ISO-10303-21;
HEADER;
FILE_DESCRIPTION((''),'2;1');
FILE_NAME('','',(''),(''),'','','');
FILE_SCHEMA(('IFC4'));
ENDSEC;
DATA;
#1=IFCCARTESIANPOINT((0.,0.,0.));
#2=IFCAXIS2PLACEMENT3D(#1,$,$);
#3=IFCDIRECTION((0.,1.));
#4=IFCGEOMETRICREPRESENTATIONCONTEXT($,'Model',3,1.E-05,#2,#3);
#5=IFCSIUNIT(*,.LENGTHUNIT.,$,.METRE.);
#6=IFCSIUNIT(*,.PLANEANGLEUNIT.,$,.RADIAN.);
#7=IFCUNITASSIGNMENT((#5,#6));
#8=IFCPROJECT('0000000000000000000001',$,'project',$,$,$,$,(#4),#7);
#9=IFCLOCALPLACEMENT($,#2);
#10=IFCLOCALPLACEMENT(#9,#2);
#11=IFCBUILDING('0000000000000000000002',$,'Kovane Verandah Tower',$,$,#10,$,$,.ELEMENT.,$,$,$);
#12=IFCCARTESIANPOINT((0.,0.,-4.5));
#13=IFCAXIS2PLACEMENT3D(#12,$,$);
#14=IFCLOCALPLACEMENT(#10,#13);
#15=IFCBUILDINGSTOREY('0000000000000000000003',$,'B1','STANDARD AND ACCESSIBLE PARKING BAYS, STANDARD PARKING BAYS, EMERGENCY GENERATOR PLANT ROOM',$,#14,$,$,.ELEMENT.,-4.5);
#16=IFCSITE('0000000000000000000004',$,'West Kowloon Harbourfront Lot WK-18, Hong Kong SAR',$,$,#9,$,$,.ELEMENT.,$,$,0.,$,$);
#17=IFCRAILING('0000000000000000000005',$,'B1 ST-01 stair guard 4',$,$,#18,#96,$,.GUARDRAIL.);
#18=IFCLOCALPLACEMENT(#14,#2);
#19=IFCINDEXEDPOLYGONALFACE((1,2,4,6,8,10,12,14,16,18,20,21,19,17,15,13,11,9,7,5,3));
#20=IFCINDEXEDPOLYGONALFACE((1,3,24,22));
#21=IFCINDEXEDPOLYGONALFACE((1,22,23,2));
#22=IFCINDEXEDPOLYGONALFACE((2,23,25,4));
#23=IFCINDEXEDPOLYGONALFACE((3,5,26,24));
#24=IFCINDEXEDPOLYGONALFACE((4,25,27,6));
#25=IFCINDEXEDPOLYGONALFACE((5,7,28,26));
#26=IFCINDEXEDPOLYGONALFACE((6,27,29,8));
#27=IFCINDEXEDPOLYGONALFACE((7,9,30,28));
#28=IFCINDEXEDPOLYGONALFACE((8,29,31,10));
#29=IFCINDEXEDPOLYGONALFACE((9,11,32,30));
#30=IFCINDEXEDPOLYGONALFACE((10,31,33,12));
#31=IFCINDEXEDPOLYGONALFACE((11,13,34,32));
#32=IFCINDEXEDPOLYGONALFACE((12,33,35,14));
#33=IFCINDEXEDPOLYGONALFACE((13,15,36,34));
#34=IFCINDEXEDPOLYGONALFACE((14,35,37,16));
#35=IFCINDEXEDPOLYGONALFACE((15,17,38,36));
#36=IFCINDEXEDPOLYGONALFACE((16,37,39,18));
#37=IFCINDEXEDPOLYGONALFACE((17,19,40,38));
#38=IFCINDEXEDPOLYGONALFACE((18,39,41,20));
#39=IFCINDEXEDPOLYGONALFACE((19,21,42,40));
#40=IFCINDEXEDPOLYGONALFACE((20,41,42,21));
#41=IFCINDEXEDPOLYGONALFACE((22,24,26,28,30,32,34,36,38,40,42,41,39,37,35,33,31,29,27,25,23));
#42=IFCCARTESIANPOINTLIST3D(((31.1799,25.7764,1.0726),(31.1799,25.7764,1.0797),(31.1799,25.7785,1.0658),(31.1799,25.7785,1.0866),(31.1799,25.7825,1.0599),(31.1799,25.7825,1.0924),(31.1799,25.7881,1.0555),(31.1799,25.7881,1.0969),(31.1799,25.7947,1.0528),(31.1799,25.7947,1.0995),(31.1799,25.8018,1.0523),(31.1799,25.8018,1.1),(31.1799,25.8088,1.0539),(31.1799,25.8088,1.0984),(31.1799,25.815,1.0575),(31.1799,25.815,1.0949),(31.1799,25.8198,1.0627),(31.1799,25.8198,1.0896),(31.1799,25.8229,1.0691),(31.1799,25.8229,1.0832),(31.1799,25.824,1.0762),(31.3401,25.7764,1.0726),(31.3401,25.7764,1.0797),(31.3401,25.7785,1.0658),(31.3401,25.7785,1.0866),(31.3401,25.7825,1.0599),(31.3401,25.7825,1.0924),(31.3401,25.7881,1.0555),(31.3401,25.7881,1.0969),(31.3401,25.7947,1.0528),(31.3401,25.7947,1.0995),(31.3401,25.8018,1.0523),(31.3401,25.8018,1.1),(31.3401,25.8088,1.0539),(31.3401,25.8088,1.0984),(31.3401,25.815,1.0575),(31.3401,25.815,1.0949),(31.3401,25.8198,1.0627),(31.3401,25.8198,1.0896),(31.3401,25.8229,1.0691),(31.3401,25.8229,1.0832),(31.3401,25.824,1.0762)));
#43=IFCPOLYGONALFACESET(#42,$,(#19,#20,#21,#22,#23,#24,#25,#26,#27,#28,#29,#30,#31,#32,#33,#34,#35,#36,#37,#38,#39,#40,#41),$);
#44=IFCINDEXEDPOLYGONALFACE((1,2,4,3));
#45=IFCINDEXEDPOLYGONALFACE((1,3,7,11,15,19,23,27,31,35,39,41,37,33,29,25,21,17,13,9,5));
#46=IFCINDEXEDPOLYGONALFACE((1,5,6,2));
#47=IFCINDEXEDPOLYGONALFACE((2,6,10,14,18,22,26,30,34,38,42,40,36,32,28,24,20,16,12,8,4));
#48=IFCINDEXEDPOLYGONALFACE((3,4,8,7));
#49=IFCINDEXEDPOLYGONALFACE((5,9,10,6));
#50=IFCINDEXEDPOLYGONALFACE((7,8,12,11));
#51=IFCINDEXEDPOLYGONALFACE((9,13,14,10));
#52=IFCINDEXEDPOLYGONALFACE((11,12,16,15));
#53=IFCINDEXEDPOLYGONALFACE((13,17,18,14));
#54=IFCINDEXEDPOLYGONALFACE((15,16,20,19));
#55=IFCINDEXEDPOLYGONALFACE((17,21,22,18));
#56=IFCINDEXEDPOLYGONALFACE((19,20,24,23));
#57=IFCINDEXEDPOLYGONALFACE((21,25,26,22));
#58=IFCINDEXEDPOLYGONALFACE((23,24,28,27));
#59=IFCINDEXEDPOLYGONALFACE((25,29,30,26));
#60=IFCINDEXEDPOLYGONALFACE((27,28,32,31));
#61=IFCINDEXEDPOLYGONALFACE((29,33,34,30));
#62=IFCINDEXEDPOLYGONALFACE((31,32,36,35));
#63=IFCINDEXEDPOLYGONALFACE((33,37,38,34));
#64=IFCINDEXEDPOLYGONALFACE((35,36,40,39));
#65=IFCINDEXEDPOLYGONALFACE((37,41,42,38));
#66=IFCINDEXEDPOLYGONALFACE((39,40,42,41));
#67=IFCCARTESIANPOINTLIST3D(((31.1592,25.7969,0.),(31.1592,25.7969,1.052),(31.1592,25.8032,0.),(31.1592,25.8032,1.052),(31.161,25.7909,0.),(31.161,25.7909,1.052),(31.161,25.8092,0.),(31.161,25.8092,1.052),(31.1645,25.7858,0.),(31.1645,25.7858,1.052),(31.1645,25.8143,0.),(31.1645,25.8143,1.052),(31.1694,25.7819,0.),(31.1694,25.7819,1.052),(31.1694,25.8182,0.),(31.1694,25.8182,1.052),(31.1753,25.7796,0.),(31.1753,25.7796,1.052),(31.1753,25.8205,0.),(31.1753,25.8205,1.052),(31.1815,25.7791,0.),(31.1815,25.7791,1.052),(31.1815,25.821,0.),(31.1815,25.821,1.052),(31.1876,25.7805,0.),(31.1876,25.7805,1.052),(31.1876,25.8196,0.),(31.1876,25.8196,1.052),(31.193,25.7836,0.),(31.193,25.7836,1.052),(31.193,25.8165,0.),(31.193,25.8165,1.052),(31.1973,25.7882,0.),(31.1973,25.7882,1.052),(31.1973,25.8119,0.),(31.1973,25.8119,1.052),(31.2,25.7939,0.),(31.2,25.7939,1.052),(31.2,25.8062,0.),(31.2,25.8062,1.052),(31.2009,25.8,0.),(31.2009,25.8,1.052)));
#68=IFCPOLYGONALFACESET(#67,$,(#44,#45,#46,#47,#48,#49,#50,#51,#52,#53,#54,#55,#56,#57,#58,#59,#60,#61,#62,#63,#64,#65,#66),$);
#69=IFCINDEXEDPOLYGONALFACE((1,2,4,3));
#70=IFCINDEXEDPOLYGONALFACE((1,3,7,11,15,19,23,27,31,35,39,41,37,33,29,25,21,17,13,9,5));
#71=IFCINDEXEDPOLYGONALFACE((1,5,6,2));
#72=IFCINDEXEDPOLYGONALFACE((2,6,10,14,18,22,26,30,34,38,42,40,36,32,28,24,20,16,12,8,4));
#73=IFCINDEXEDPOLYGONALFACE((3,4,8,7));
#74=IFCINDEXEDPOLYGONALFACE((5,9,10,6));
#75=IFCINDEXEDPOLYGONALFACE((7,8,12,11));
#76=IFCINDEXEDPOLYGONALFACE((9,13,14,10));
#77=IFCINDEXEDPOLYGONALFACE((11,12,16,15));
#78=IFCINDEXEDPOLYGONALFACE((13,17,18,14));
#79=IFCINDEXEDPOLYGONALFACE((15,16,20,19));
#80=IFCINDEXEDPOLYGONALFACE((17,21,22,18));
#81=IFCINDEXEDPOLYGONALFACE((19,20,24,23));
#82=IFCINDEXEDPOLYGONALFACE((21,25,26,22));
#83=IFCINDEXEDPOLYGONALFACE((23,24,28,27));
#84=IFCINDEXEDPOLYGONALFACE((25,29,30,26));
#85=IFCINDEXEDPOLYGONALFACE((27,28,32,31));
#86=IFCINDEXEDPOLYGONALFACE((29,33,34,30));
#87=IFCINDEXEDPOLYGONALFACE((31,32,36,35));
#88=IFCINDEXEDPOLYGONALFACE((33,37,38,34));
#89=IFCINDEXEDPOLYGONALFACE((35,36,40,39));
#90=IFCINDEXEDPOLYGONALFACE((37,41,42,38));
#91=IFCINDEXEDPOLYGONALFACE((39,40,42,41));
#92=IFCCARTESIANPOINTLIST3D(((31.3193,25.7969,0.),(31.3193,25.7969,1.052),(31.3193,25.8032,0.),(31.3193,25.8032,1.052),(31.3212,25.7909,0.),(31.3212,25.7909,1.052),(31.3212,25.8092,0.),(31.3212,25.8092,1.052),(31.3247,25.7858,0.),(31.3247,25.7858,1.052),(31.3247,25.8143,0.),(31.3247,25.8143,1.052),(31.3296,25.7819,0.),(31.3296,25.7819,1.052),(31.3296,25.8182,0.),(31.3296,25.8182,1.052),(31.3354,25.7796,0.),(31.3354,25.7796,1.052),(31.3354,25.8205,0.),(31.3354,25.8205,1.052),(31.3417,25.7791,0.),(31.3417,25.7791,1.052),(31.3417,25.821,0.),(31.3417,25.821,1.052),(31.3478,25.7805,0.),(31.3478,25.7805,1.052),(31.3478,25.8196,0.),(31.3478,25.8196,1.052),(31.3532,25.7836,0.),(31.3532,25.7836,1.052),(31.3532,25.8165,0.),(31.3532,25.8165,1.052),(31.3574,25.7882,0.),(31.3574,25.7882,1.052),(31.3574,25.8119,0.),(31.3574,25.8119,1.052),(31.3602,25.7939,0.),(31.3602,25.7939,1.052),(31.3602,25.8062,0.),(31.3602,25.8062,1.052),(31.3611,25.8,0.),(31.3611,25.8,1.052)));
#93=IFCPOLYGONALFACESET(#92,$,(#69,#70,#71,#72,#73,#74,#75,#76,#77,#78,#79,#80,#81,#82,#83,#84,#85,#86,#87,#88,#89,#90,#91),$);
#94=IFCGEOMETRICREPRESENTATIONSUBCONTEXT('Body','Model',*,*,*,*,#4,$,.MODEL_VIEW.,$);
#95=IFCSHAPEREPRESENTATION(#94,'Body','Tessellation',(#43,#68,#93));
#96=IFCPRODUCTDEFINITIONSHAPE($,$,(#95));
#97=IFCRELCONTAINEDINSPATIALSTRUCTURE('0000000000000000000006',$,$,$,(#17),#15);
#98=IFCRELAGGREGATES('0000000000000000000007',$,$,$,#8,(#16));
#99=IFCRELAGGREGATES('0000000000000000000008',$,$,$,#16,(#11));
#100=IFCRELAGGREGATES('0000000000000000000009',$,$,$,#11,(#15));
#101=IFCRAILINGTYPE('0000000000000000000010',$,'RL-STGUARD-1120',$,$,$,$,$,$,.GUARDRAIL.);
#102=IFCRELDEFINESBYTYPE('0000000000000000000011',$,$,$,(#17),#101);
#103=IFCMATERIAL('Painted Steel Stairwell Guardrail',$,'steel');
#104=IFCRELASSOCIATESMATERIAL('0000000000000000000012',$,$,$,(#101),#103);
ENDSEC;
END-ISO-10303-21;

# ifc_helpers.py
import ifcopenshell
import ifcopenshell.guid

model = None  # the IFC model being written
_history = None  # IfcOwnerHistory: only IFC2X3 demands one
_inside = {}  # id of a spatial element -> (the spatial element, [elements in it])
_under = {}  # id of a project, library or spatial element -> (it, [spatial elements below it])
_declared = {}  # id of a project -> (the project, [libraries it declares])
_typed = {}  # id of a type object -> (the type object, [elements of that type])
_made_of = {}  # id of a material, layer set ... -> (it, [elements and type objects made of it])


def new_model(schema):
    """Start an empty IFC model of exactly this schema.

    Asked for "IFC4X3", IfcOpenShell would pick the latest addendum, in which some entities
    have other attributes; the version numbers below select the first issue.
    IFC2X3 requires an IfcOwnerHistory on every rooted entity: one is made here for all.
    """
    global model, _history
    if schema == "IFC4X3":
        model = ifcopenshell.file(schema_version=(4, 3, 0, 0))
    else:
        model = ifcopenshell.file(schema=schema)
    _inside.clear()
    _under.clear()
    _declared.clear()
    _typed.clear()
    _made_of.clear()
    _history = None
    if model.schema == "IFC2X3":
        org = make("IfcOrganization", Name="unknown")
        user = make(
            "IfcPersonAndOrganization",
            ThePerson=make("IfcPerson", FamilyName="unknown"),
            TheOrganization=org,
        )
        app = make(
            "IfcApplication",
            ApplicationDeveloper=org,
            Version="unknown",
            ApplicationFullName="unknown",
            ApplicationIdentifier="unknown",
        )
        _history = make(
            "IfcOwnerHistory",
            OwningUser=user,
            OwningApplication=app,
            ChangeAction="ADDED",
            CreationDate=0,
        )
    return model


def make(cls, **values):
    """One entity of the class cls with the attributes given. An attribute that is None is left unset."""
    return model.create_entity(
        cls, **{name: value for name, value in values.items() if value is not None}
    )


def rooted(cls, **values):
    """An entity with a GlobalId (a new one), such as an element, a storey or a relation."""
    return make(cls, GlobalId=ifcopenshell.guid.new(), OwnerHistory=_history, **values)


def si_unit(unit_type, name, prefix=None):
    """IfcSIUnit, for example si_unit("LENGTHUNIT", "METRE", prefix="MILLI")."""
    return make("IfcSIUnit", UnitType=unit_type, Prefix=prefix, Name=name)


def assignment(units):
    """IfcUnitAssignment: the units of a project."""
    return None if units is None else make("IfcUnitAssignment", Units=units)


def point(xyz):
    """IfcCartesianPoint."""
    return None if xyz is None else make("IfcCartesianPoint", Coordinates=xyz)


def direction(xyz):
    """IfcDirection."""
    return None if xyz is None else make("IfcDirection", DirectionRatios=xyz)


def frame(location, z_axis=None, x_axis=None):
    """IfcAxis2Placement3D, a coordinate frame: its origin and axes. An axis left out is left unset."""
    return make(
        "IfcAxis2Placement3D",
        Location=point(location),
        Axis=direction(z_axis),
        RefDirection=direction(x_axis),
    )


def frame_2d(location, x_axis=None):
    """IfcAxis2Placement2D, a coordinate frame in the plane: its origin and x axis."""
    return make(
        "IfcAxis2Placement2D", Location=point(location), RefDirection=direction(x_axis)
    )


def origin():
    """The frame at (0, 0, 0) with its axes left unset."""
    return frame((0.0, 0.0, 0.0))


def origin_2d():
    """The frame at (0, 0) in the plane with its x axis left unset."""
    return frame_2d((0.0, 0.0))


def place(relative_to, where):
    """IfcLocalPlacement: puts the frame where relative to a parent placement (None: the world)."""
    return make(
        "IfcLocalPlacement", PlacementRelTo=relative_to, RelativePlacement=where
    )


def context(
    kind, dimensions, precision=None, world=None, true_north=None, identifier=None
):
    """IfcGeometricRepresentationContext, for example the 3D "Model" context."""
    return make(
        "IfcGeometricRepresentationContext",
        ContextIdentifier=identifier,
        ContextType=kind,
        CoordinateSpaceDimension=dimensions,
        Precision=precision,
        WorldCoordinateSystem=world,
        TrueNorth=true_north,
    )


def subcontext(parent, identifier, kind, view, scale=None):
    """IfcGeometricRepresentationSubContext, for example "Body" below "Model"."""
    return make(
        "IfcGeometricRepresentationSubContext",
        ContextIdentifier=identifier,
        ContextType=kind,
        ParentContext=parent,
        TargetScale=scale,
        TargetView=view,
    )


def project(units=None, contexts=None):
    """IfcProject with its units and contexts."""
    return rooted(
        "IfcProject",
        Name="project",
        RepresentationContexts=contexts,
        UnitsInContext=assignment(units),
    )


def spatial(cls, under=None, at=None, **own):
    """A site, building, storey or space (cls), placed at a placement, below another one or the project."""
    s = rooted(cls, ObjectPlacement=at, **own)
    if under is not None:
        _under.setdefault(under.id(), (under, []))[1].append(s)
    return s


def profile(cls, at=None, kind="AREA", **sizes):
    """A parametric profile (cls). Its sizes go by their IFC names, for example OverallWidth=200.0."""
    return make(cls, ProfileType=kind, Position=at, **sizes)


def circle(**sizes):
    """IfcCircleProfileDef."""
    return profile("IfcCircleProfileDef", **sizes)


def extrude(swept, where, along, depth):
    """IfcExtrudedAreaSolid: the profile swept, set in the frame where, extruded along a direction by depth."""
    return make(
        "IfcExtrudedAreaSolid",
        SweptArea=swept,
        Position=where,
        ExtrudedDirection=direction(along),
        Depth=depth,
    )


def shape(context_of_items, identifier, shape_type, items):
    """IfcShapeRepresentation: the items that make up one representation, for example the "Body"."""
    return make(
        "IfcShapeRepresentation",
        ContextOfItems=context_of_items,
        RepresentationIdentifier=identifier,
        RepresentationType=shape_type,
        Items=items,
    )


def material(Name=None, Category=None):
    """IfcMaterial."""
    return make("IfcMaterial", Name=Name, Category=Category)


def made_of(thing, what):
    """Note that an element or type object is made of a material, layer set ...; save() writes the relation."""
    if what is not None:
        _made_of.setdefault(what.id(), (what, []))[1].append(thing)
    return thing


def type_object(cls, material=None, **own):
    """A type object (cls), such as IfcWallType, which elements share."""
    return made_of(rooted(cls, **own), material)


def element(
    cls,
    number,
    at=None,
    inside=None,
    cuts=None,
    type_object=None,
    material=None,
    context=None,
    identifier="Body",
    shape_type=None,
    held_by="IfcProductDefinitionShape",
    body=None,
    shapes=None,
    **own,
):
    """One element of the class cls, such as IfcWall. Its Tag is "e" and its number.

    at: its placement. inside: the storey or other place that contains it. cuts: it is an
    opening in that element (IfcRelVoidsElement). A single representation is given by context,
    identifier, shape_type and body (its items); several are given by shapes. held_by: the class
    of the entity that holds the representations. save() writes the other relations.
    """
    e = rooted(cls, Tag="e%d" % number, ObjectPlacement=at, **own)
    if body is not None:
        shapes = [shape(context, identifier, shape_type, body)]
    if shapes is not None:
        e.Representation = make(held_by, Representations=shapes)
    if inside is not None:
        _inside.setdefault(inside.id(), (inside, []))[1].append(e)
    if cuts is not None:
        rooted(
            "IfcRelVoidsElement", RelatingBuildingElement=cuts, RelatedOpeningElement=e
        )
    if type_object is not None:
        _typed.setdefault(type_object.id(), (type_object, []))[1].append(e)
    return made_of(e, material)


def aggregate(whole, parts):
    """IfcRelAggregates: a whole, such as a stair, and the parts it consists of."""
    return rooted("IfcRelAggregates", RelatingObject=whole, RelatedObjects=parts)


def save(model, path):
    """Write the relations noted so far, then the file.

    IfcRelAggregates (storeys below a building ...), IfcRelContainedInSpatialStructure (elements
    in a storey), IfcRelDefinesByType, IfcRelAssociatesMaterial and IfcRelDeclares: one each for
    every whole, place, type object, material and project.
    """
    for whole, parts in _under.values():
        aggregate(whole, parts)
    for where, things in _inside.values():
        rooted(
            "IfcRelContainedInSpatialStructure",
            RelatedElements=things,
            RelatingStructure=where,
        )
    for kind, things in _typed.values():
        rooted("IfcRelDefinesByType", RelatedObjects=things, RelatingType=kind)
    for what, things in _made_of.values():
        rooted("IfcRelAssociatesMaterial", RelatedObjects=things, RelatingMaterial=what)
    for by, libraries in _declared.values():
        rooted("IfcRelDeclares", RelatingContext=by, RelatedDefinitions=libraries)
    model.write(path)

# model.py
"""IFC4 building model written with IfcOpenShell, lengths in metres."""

from ifc_helpers import new_model, si_unit, direction, frame, origin, origin_2d, place, context, subcontext, project, spatial, circle, extrude, material, type_object, element, save


model = new_model("IFC4")

# Units and contexts
model_context = context("Model", 3, precision=1e-05, world=origin(), true_north=direction((0.0, 1.0)))
body_context = subcontext(model_context, "Body", "Model", "MODEL_VIEW")
ifc_project = project(units=[si_unit("LENGTHUNIT", "METRE"), si_unit("PLANEANGLEUNIT", "RADIAN")], contexts=[model_context])

# Site, building, storey
site_placement = place(None, origin())
site = spatial("IfcSite", under=ifc_project, at=site_placement, Name="West Kowloon Harbourfront Lot WK-18, Hong Kong SAR", CompositionType="ELEMENT", RefElevation=0.0)
building_placement = place(site_placement, origin())
building = spatial("IfcBuilding", under=site, at=building_placement, Name="Kovane Verandah Tower", CompositionType="ELEMENT")
storey_placement = place(building_placement, frame((0.0, 0.0, -4.5)))
storey = spatial("IfcBuildingStorey", under=building, at=storey_placement, Name="B1", Description="STANDARD AND ACCESSIBLE PARKING BAYS, STANDARD PARKING BAYS, EMERGENCY GENERATOR PLANT ROOM", CompositionType="ELEMENT", Elevation=-4.5)

# Railing
ifc_material_1 = material(Name="Painted Steel Stairwell Guardrail", Category="steel")
railing_type_1 = type_object("IfcRailingType", Name="RL-STGUARD-1120", PredefinedType="GUARDRAIL", material=ifc_material_1)
railing_1_placement = place(storey_placement, frame((31.1799, 25.8, 0.0)))
element("IfcRailing", 1, at=railing_1_placement, inside=storey, type_object=railing_type_1, Name="B1 ST-01 stair guard 4", PredefinedType="GUARDRAIL", context=body_context, shape_type="SweptSolid", body=[
    extrude(circle(Radius=0.0239, at=origin_2d()), frame((0.0, 0.0, 1.0762), z_axis=(1.0, 0.0, 0.0), x_axis=(0.0, 1.0, 0.0)), (0.0, 0.0, 1.0), 0.1602),
    extrude(circle(Radius=0.021, at=origin_2d()), origin(), (0.0, 0.0, 1.0), 1.052),
    extrude(circle(Radius=0.021, at=origin_2d()), frame((0.1602, 0.0, 0.0)), (0.0, 0.0, 1.0), 1.052),
])

save(model, "model.ifc")
